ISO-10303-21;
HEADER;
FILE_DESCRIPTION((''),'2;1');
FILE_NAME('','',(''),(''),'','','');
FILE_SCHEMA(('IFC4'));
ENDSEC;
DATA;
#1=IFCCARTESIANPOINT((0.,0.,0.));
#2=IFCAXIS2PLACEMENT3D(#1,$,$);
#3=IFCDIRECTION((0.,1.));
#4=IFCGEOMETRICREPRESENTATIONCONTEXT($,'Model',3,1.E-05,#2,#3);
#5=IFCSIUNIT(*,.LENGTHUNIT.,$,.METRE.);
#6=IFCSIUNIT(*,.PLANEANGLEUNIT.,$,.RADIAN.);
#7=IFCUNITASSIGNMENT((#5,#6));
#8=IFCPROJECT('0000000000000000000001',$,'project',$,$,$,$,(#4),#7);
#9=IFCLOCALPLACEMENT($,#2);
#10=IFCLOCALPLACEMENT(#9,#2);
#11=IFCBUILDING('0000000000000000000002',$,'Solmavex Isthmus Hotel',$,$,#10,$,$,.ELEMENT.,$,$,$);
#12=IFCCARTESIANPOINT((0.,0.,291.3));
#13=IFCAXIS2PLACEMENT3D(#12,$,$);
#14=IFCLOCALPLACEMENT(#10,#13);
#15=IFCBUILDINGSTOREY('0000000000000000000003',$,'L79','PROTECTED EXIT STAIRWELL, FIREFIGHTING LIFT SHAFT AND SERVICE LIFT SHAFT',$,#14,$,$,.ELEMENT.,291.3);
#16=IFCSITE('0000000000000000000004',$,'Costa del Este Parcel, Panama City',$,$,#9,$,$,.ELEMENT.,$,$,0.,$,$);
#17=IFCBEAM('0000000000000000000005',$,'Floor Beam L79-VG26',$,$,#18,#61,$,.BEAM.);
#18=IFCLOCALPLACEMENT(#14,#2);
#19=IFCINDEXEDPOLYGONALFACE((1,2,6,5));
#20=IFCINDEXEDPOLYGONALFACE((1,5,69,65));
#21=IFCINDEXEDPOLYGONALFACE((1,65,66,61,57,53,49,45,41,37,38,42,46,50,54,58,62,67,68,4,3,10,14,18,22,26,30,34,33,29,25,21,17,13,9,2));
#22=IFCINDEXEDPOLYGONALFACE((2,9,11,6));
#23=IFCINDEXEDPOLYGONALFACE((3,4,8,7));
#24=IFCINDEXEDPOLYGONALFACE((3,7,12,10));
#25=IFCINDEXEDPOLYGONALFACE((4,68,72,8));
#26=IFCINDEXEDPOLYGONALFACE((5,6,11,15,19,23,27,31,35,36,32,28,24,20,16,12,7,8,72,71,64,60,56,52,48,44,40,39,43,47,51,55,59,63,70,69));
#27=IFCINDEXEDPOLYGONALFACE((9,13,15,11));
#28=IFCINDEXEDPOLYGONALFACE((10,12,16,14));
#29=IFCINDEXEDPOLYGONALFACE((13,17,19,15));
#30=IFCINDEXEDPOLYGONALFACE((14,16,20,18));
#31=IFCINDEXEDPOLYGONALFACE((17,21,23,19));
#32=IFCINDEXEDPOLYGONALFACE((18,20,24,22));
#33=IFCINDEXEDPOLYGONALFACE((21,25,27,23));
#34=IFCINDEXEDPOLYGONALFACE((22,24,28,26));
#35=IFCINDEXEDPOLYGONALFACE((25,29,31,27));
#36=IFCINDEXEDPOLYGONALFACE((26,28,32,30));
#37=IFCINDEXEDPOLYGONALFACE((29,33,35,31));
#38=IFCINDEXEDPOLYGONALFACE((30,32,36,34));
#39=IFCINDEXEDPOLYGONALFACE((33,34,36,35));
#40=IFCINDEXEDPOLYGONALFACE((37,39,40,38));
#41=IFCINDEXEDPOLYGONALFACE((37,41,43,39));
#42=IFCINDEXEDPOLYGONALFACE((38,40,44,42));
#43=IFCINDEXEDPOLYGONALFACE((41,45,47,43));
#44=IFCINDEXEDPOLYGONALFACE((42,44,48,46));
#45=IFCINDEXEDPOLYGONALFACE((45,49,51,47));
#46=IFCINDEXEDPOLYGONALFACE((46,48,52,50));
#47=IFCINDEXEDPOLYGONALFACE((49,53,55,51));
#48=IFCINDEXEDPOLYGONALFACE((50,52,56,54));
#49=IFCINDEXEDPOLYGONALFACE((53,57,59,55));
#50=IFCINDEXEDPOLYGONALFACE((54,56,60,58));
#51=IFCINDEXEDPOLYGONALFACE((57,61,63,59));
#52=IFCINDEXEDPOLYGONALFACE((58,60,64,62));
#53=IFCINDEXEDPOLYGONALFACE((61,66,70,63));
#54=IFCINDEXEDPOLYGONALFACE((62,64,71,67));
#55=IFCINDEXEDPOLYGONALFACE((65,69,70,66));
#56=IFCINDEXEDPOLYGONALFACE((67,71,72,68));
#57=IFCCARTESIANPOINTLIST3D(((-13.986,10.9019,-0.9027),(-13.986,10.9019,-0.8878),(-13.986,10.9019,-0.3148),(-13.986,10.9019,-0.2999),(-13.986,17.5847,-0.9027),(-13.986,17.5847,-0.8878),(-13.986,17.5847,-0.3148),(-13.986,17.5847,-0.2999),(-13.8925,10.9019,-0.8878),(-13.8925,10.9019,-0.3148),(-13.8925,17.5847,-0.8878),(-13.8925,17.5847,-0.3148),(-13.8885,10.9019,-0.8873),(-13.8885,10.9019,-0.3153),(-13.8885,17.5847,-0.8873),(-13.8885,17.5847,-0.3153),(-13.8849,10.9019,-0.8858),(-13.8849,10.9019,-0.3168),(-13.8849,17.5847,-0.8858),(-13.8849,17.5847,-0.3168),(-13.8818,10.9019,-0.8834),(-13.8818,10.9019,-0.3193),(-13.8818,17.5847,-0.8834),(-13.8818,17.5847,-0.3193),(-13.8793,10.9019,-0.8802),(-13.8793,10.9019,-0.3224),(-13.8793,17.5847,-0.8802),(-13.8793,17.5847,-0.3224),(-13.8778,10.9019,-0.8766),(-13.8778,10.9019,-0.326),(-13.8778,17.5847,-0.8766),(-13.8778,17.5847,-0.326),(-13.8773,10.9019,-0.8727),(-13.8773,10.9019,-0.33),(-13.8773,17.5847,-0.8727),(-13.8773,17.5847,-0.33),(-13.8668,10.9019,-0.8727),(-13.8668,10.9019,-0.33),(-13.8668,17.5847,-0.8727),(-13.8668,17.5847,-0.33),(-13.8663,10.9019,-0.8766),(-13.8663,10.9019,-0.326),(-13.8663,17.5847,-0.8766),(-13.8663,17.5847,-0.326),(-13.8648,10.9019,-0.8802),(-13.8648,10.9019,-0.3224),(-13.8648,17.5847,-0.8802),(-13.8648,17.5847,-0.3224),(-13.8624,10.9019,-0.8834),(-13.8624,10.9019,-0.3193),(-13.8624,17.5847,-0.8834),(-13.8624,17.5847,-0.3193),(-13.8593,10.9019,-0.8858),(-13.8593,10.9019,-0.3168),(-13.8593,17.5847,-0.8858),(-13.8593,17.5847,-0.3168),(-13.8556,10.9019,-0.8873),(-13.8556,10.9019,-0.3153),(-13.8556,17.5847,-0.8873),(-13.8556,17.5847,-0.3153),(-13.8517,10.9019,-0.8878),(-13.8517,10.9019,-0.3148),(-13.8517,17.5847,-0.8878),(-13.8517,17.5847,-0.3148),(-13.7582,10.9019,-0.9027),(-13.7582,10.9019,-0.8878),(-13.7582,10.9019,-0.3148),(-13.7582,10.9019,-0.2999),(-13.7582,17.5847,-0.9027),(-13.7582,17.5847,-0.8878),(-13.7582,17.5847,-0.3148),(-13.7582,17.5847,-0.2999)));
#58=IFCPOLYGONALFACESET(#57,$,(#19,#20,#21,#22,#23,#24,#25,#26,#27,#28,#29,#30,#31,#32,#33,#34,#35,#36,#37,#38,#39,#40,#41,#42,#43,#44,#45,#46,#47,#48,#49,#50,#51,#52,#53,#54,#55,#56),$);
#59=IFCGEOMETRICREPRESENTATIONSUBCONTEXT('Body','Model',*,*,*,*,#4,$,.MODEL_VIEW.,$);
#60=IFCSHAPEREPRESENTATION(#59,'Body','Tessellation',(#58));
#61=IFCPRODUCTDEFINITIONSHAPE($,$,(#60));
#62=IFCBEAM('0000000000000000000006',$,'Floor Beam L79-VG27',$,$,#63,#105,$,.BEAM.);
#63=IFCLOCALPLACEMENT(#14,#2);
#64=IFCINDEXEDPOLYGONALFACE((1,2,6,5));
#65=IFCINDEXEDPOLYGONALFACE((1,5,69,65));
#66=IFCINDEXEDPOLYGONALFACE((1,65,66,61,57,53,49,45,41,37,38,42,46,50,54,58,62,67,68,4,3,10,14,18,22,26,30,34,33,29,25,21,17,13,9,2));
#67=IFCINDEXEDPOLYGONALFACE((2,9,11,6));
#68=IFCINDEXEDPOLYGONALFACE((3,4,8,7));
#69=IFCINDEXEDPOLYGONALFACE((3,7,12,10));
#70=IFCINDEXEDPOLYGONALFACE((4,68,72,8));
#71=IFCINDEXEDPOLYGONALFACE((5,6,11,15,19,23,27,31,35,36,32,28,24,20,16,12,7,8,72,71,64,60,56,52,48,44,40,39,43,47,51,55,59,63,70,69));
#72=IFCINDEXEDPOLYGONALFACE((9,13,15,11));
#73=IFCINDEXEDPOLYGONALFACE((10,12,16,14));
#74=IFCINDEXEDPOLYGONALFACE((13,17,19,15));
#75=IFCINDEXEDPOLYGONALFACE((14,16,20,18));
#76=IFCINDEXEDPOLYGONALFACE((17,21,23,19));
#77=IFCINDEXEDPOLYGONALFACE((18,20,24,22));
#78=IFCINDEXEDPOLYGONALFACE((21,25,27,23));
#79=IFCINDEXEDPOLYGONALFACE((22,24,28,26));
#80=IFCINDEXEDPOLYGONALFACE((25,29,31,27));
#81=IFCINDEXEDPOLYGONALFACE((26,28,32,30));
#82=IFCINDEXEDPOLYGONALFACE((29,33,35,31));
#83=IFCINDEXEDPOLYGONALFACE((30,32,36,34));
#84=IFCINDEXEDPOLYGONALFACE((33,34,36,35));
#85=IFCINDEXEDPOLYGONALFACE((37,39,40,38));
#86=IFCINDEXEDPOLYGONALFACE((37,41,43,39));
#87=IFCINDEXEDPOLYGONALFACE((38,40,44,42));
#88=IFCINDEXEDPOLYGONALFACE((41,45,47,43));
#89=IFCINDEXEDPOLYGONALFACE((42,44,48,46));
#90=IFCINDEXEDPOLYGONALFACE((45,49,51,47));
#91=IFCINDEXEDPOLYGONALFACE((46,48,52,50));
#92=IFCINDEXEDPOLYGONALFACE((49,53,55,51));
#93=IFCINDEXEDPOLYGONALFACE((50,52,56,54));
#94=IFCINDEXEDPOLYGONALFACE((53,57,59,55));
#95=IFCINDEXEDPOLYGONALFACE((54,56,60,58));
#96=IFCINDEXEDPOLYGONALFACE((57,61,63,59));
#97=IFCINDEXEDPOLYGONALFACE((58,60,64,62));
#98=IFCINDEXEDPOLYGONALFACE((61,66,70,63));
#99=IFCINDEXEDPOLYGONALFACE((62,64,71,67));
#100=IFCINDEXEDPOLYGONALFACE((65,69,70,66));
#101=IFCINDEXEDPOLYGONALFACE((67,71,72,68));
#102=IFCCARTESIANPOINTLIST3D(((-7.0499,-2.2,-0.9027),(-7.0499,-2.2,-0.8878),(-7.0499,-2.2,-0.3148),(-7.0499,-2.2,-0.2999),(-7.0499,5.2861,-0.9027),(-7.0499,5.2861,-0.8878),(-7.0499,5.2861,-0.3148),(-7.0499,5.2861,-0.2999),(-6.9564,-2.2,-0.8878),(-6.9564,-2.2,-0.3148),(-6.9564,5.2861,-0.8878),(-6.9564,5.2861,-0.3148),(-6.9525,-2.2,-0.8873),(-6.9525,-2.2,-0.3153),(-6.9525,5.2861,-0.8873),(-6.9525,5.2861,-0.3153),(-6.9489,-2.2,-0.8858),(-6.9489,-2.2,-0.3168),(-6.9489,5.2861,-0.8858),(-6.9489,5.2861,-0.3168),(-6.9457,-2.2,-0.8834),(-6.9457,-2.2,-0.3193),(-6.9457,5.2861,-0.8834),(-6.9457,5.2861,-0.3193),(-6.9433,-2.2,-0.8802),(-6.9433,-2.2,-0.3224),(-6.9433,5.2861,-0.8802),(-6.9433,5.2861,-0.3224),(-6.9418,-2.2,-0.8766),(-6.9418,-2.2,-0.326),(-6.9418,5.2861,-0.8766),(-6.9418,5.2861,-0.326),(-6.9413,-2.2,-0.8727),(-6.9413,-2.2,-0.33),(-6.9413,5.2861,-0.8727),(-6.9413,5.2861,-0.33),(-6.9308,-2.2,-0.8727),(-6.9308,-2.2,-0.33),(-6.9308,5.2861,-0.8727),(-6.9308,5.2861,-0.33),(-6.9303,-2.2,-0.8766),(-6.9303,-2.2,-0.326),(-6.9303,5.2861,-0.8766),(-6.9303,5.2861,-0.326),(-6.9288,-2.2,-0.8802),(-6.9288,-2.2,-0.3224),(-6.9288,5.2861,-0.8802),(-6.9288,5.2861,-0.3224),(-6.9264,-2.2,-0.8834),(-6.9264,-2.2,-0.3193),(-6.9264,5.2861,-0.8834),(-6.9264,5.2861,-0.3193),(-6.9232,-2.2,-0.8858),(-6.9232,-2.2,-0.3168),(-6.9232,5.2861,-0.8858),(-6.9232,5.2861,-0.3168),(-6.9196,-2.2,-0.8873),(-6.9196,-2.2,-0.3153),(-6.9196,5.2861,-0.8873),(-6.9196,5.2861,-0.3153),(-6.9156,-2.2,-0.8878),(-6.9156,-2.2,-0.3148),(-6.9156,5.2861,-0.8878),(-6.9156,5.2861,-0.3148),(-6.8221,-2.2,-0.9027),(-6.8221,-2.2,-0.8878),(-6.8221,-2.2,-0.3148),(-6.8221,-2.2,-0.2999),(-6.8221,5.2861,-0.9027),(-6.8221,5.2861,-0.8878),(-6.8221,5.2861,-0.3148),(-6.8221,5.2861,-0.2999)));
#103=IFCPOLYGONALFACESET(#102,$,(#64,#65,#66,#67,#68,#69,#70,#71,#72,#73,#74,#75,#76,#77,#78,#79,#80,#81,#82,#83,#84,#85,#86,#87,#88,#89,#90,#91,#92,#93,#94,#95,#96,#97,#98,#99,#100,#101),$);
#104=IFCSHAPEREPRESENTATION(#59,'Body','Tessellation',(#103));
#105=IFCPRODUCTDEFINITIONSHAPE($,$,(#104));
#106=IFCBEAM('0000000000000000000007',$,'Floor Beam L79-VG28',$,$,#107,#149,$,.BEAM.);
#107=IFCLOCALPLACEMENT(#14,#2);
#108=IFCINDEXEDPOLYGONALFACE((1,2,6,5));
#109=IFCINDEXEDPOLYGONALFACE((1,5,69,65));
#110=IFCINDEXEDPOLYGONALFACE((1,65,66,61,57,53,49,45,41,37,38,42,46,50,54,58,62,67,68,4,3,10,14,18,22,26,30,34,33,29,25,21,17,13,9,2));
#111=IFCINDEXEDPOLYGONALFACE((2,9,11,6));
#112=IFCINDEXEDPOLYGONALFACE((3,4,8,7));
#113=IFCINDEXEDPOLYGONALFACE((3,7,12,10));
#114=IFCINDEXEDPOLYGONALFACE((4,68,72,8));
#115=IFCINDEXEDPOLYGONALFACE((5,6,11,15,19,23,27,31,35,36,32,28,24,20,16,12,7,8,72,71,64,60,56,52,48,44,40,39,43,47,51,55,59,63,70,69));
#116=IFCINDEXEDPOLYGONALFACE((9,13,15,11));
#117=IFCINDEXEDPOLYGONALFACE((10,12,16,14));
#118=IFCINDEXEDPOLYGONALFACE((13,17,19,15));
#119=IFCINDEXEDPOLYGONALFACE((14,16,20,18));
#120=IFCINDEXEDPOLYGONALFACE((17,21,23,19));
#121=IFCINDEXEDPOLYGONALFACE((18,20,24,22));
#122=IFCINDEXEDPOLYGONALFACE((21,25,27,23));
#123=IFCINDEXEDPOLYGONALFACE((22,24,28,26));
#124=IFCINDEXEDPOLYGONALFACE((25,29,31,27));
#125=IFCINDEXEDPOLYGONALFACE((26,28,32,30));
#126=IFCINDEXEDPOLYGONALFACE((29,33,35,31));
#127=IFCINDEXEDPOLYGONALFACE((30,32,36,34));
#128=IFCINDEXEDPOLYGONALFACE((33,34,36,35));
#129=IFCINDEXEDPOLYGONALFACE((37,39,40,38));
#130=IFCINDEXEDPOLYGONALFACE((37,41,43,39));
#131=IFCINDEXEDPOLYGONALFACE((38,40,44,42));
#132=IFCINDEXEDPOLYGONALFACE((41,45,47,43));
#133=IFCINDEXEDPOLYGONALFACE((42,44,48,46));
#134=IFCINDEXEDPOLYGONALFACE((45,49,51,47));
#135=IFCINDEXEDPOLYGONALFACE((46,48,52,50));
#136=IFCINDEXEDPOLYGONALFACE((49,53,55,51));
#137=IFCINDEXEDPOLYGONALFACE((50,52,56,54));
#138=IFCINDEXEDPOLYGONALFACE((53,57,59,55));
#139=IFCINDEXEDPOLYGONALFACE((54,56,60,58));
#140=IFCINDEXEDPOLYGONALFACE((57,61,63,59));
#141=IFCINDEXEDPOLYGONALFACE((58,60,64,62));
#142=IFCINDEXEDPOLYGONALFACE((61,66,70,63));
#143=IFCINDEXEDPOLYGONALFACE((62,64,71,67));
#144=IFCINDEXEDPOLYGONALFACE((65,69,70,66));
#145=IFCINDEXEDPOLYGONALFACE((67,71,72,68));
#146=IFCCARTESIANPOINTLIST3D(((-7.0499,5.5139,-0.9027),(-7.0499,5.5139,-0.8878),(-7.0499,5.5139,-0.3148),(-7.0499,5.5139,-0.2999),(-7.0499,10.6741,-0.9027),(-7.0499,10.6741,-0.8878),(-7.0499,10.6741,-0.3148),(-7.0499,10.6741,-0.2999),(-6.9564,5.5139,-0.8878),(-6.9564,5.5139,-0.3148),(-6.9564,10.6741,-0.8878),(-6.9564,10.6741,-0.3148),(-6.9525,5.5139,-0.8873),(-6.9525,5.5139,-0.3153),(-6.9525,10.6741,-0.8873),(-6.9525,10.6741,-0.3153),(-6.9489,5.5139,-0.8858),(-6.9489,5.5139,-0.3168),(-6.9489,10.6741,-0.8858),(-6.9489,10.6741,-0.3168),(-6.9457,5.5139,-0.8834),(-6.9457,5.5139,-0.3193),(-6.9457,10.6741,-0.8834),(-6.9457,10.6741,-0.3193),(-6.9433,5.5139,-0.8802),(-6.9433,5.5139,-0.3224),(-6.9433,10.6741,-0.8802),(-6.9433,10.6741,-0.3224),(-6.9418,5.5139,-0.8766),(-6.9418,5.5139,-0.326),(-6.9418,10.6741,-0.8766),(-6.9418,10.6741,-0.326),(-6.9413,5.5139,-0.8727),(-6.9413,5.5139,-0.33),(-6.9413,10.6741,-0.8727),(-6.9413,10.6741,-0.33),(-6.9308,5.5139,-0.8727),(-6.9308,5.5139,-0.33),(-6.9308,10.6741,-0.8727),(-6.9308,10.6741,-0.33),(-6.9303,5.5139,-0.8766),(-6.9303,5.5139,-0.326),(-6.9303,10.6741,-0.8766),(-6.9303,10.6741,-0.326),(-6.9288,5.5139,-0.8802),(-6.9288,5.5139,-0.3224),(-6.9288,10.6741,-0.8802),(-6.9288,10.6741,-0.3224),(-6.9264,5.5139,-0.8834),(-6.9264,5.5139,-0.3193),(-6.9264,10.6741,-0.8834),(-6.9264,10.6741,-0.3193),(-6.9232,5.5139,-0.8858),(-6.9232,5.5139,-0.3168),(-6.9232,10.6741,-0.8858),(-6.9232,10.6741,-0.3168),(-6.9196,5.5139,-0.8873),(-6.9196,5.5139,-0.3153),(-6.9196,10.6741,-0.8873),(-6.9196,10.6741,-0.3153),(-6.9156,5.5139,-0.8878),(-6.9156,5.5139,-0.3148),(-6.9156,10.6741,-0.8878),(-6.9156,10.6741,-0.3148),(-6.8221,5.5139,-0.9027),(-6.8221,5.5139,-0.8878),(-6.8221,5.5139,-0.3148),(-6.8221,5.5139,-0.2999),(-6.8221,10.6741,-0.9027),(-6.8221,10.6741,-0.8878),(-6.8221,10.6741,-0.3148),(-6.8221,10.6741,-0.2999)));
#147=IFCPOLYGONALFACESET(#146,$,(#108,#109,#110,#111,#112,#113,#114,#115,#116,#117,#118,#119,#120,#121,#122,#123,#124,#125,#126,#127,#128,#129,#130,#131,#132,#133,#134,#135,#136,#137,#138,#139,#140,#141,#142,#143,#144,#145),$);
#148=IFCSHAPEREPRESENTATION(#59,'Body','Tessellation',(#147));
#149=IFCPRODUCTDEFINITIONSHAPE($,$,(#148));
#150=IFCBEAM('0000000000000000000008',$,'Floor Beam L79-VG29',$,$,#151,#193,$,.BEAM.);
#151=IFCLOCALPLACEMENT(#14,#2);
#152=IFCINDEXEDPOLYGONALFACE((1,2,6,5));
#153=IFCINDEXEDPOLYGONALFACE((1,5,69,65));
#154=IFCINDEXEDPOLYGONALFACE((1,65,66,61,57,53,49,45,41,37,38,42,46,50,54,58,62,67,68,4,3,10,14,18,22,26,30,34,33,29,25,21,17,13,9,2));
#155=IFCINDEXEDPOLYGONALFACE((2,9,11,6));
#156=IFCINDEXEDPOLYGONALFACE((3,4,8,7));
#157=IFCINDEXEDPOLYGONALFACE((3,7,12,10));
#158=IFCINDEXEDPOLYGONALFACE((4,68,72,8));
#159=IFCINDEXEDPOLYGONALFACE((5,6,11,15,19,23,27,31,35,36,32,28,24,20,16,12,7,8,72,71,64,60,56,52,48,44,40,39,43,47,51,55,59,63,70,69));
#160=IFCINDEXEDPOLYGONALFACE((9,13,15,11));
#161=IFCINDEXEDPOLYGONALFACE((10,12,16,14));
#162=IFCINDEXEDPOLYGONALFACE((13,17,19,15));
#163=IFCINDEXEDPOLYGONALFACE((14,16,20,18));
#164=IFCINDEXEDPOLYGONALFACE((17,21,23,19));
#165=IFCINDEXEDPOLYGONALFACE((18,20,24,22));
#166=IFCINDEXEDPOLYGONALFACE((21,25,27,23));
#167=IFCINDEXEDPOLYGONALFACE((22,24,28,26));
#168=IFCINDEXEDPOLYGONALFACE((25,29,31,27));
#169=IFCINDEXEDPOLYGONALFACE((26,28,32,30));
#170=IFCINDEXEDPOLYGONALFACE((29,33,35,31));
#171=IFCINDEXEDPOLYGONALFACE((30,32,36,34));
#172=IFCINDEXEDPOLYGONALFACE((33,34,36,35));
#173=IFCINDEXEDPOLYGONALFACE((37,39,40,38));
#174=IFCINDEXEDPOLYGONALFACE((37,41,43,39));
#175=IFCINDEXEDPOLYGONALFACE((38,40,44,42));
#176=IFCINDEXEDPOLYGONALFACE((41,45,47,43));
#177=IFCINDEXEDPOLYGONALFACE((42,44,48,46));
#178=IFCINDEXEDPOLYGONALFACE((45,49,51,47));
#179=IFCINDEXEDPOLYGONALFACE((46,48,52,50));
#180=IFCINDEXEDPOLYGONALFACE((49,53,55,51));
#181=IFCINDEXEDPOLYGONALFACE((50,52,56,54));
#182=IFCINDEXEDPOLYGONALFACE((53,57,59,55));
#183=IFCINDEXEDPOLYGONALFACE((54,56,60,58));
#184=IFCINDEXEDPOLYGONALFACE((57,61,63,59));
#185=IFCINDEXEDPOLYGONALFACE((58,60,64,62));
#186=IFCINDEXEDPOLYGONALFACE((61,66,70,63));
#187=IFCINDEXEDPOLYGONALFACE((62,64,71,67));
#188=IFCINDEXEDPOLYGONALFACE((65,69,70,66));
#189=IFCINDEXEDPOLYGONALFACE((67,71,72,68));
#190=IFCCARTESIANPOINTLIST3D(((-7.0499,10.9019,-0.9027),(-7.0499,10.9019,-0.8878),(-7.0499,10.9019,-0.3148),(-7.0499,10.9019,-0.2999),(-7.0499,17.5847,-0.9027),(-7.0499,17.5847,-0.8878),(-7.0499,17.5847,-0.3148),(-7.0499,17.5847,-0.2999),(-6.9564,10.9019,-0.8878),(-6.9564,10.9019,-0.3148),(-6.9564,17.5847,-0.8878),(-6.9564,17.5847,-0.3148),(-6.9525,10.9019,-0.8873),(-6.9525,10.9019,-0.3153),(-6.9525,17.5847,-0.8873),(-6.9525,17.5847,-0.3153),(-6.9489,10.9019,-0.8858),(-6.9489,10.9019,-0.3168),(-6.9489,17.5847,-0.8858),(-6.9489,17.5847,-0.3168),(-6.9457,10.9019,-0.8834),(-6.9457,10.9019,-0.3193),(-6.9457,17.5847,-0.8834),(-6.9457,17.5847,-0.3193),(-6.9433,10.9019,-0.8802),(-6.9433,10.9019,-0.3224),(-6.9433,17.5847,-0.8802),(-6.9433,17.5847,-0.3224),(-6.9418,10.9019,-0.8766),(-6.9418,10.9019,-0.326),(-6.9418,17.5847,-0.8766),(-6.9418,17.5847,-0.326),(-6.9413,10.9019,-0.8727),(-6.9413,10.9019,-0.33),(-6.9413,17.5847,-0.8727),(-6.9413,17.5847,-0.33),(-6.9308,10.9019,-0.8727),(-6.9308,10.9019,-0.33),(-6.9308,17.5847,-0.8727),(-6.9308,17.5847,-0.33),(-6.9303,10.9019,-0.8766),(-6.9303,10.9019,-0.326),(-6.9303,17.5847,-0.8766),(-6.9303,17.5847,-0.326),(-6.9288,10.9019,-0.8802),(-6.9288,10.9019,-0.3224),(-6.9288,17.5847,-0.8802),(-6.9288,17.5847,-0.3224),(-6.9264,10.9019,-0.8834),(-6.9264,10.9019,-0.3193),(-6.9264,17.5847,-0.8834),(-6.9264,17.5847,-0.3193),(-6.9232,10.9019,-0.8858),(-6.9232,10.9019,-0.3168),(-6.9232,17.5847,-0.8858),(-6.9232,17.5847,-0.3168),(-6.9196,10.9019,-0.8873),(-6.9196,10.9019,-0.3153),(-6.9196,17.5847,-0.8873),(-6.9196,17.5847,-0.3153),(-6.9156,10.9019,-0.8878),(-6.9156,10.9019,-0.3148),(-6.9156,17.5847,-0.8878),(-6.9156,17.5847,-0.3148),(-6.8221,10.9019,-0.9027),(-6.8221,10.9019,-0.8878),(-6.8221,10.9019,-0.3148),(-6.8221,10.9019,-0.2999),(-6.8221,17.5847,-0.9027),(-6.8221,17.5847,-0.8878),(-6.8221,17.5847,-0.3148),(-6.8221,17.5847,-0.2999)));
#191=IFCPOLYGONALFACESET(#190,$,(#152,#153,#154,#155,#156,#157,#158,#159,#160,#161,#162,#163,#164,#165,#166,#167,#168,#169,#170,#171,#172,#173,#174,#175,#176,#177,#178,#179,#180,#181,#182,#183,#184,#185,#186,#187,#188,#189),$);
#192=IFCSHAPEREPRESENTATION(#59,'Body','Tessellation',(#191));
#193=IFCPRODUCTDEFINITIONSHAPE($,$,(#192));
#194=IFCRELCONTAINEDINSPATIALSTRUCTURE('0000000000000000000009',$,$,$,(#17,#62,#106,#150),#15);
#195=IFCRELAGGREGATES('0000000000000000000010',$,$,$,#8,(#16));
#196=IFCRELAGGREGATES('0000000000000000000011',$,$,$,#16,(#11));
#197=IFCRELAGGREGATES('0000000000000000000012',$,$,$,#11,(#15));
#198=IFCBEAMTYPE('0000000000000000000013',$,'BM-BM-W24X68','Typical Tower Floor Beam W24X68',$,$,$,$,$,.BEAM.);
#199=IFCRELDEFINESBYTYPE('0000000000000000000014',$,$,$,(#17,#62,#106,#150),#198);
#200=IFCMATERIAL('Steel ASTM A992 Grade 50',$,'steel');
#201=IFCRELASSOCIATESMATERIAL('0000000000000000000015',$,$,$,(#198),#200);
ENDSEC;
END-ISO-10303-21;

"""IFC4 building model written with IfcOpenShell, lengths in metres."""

from ifc_helpers import new_model, si_unit, direction, frame, origin, origin_2d, place, context, subcontext, project, spatial, i_section, extrude, material, material_profile, profile_set, type_object, element, save


model = new_model("IFC4")

# Units and contexts
model_context = context("Model", 3, precision=1e-05, world=origin(), true_north=direction((0.0, 1.0)))
body_context = subcontext(model_context, "Body", "Model", "MODEL_VIEW")
ifc_project = project(units=[si_unit("LENGTHUNIT", "METRE"), si_unit("PLANEANGLEUNIT", "RADIAN")], contexts=[model_context])

# Site, building, storey
site_placement = place(None, origin())
site = spatial("IfcSite", under=ifc_project, at=site_placement, Name="Costa del Este Parcel, Panama City", CompositionType="ELEMENT", RefElevation=0.0)
building_placement = place(site_placement, origin())
building = spatial("IfcBuilding", under=site, at=building_placement, Name="Solmavex Isthmus Hotel", CompositionType="ELEMENT")
storey_placement = place(building_placement, frame((0.0, 0.0, 291.3)))
storey = spatial("IfcBuildingStorey", under=building, at=storey_placement, Name="L79", Description="PROTECTED EXIT STAIRWELL, FIREFIGHTING LIFT SHAFT AND SERVICE LIFT SHAFT", CompositionType="ELEMENT", Elevation=291.3)

# Beams
ifc_material_1 = material(Name="Steel ASTM A992 Grade 50", Category="steel")
ifc_material_profile_1 = material_profile(ifc_material_1, i_section(OverallWidth=0.2278, OverallDepth=0.6028, WebThickness=0.0105, FlangeThickness=0.0149, FilletRadius=0.0151, at=origin_2d()), Name="W24X68")
ifc_profile_set_1 = profile_set([ifc_material_profile_1], Name="Steel ASTM A992 Grade 50")
beam_type_1 = type_object("IfcBeamType", Name="BM-BM-W24X68", Description="Typical Tower Floor Beam W24X68", PredefinedType="BEAM", material=ifc_profile_set_1)
beam_1_placement = place(storey_placement, frame((-13.8721, 10.9019, -0.6013), z_axis=(0.0, 1.0, 0.0), x_axis=(-1.0, 0.0, 0.0)))
element("IfcBeam", 1, at=beam_1_placement, inside=storey, type_object=beam_type_1, Name="Floor Beam L79-VG26", PredefinedType="BEAM", context=body_context, shape_type="SweptSolid", body=[
    extrude(i_section(OverallWidth=0.2278, OverallDepth=0.6028, WebThickness=0.0105, FlangeThickness=0.0149, FilletRadius=0.0151, at=origin_2d()), origin(), (0.0, 0.0, 1.0), 6.6829),
])
beam_2_placement = place(storey_placement, frame((-6.936, -2.2, -0.6013), z_axis=(0.0, 1.0, 0.0), x_axis=(-1.0, 0.0, 0.0)))
element("IfcBeam", 2, at=beam_2_placement, inside=storey, type_object=beam_type_1, Name="Floor Beam L79-VG27", PredefinedType="BEAM", context=body_context, shape_type="SweptSolid", body=[
    extrude(i_section(OverallWidth=0.2278, OverallDepth=0.6028, WebThickness=0.0105, FlangeThickness=0.0149, FilletRadius=0.0151, at=origin_2d()), origin(), (0.0, 0.0, 1.0), 7.4861),
])
beam_3_placement = place(storey_placement, frame((-6.936, 5.5139, -0.6013), z_axis=(0.0, 1.0, 0.0), x_axis=(-1.0, 0.0, 0.0)))
element("IfcBeam", 3, at=beam_3_placement, inside=storey, type_object=beam_type_1, Name="Floor Beam L79-VG28", PredefinedType="BEAM", context=body_context, shape_type="SweptSolid", body=[
    extrude(i_section(OverallWidth=0.2278, OverallDepth=0.6028, WebThickness=0.0105, FlangeThickness=0.0149, FilletRadius=0.0151, at=origin_2d()), origin(), (0.0, 0.0, 1.0), 5.1602),
])
beam_4_placement = place(storey_placement, frame((-6.936, 10.9019, -0.6013), z_axis=(0.0, 1.0, 0.0), x_axis=(-1.0, 0.0, 0.0)))
element("IfcBeam", 4, at=beam_4_placement, inside=storey, type_object=beam_type_1, Name="Floor Beam L79-VG29", PredefinedType="BEAM", context=body_context, shape_type="SweptSolid", body=[
    extrude(i_section(OverallWidth=0.2278, OverallDepth=0.6028, WebThickness=0.0105, FlangeThickness=0.0149, FilletRadius=0.0151, at=origin_2d()), origin(), (0.0, 0.0, 1.0), 6.6829),
])

save(model, "model.ifc")
